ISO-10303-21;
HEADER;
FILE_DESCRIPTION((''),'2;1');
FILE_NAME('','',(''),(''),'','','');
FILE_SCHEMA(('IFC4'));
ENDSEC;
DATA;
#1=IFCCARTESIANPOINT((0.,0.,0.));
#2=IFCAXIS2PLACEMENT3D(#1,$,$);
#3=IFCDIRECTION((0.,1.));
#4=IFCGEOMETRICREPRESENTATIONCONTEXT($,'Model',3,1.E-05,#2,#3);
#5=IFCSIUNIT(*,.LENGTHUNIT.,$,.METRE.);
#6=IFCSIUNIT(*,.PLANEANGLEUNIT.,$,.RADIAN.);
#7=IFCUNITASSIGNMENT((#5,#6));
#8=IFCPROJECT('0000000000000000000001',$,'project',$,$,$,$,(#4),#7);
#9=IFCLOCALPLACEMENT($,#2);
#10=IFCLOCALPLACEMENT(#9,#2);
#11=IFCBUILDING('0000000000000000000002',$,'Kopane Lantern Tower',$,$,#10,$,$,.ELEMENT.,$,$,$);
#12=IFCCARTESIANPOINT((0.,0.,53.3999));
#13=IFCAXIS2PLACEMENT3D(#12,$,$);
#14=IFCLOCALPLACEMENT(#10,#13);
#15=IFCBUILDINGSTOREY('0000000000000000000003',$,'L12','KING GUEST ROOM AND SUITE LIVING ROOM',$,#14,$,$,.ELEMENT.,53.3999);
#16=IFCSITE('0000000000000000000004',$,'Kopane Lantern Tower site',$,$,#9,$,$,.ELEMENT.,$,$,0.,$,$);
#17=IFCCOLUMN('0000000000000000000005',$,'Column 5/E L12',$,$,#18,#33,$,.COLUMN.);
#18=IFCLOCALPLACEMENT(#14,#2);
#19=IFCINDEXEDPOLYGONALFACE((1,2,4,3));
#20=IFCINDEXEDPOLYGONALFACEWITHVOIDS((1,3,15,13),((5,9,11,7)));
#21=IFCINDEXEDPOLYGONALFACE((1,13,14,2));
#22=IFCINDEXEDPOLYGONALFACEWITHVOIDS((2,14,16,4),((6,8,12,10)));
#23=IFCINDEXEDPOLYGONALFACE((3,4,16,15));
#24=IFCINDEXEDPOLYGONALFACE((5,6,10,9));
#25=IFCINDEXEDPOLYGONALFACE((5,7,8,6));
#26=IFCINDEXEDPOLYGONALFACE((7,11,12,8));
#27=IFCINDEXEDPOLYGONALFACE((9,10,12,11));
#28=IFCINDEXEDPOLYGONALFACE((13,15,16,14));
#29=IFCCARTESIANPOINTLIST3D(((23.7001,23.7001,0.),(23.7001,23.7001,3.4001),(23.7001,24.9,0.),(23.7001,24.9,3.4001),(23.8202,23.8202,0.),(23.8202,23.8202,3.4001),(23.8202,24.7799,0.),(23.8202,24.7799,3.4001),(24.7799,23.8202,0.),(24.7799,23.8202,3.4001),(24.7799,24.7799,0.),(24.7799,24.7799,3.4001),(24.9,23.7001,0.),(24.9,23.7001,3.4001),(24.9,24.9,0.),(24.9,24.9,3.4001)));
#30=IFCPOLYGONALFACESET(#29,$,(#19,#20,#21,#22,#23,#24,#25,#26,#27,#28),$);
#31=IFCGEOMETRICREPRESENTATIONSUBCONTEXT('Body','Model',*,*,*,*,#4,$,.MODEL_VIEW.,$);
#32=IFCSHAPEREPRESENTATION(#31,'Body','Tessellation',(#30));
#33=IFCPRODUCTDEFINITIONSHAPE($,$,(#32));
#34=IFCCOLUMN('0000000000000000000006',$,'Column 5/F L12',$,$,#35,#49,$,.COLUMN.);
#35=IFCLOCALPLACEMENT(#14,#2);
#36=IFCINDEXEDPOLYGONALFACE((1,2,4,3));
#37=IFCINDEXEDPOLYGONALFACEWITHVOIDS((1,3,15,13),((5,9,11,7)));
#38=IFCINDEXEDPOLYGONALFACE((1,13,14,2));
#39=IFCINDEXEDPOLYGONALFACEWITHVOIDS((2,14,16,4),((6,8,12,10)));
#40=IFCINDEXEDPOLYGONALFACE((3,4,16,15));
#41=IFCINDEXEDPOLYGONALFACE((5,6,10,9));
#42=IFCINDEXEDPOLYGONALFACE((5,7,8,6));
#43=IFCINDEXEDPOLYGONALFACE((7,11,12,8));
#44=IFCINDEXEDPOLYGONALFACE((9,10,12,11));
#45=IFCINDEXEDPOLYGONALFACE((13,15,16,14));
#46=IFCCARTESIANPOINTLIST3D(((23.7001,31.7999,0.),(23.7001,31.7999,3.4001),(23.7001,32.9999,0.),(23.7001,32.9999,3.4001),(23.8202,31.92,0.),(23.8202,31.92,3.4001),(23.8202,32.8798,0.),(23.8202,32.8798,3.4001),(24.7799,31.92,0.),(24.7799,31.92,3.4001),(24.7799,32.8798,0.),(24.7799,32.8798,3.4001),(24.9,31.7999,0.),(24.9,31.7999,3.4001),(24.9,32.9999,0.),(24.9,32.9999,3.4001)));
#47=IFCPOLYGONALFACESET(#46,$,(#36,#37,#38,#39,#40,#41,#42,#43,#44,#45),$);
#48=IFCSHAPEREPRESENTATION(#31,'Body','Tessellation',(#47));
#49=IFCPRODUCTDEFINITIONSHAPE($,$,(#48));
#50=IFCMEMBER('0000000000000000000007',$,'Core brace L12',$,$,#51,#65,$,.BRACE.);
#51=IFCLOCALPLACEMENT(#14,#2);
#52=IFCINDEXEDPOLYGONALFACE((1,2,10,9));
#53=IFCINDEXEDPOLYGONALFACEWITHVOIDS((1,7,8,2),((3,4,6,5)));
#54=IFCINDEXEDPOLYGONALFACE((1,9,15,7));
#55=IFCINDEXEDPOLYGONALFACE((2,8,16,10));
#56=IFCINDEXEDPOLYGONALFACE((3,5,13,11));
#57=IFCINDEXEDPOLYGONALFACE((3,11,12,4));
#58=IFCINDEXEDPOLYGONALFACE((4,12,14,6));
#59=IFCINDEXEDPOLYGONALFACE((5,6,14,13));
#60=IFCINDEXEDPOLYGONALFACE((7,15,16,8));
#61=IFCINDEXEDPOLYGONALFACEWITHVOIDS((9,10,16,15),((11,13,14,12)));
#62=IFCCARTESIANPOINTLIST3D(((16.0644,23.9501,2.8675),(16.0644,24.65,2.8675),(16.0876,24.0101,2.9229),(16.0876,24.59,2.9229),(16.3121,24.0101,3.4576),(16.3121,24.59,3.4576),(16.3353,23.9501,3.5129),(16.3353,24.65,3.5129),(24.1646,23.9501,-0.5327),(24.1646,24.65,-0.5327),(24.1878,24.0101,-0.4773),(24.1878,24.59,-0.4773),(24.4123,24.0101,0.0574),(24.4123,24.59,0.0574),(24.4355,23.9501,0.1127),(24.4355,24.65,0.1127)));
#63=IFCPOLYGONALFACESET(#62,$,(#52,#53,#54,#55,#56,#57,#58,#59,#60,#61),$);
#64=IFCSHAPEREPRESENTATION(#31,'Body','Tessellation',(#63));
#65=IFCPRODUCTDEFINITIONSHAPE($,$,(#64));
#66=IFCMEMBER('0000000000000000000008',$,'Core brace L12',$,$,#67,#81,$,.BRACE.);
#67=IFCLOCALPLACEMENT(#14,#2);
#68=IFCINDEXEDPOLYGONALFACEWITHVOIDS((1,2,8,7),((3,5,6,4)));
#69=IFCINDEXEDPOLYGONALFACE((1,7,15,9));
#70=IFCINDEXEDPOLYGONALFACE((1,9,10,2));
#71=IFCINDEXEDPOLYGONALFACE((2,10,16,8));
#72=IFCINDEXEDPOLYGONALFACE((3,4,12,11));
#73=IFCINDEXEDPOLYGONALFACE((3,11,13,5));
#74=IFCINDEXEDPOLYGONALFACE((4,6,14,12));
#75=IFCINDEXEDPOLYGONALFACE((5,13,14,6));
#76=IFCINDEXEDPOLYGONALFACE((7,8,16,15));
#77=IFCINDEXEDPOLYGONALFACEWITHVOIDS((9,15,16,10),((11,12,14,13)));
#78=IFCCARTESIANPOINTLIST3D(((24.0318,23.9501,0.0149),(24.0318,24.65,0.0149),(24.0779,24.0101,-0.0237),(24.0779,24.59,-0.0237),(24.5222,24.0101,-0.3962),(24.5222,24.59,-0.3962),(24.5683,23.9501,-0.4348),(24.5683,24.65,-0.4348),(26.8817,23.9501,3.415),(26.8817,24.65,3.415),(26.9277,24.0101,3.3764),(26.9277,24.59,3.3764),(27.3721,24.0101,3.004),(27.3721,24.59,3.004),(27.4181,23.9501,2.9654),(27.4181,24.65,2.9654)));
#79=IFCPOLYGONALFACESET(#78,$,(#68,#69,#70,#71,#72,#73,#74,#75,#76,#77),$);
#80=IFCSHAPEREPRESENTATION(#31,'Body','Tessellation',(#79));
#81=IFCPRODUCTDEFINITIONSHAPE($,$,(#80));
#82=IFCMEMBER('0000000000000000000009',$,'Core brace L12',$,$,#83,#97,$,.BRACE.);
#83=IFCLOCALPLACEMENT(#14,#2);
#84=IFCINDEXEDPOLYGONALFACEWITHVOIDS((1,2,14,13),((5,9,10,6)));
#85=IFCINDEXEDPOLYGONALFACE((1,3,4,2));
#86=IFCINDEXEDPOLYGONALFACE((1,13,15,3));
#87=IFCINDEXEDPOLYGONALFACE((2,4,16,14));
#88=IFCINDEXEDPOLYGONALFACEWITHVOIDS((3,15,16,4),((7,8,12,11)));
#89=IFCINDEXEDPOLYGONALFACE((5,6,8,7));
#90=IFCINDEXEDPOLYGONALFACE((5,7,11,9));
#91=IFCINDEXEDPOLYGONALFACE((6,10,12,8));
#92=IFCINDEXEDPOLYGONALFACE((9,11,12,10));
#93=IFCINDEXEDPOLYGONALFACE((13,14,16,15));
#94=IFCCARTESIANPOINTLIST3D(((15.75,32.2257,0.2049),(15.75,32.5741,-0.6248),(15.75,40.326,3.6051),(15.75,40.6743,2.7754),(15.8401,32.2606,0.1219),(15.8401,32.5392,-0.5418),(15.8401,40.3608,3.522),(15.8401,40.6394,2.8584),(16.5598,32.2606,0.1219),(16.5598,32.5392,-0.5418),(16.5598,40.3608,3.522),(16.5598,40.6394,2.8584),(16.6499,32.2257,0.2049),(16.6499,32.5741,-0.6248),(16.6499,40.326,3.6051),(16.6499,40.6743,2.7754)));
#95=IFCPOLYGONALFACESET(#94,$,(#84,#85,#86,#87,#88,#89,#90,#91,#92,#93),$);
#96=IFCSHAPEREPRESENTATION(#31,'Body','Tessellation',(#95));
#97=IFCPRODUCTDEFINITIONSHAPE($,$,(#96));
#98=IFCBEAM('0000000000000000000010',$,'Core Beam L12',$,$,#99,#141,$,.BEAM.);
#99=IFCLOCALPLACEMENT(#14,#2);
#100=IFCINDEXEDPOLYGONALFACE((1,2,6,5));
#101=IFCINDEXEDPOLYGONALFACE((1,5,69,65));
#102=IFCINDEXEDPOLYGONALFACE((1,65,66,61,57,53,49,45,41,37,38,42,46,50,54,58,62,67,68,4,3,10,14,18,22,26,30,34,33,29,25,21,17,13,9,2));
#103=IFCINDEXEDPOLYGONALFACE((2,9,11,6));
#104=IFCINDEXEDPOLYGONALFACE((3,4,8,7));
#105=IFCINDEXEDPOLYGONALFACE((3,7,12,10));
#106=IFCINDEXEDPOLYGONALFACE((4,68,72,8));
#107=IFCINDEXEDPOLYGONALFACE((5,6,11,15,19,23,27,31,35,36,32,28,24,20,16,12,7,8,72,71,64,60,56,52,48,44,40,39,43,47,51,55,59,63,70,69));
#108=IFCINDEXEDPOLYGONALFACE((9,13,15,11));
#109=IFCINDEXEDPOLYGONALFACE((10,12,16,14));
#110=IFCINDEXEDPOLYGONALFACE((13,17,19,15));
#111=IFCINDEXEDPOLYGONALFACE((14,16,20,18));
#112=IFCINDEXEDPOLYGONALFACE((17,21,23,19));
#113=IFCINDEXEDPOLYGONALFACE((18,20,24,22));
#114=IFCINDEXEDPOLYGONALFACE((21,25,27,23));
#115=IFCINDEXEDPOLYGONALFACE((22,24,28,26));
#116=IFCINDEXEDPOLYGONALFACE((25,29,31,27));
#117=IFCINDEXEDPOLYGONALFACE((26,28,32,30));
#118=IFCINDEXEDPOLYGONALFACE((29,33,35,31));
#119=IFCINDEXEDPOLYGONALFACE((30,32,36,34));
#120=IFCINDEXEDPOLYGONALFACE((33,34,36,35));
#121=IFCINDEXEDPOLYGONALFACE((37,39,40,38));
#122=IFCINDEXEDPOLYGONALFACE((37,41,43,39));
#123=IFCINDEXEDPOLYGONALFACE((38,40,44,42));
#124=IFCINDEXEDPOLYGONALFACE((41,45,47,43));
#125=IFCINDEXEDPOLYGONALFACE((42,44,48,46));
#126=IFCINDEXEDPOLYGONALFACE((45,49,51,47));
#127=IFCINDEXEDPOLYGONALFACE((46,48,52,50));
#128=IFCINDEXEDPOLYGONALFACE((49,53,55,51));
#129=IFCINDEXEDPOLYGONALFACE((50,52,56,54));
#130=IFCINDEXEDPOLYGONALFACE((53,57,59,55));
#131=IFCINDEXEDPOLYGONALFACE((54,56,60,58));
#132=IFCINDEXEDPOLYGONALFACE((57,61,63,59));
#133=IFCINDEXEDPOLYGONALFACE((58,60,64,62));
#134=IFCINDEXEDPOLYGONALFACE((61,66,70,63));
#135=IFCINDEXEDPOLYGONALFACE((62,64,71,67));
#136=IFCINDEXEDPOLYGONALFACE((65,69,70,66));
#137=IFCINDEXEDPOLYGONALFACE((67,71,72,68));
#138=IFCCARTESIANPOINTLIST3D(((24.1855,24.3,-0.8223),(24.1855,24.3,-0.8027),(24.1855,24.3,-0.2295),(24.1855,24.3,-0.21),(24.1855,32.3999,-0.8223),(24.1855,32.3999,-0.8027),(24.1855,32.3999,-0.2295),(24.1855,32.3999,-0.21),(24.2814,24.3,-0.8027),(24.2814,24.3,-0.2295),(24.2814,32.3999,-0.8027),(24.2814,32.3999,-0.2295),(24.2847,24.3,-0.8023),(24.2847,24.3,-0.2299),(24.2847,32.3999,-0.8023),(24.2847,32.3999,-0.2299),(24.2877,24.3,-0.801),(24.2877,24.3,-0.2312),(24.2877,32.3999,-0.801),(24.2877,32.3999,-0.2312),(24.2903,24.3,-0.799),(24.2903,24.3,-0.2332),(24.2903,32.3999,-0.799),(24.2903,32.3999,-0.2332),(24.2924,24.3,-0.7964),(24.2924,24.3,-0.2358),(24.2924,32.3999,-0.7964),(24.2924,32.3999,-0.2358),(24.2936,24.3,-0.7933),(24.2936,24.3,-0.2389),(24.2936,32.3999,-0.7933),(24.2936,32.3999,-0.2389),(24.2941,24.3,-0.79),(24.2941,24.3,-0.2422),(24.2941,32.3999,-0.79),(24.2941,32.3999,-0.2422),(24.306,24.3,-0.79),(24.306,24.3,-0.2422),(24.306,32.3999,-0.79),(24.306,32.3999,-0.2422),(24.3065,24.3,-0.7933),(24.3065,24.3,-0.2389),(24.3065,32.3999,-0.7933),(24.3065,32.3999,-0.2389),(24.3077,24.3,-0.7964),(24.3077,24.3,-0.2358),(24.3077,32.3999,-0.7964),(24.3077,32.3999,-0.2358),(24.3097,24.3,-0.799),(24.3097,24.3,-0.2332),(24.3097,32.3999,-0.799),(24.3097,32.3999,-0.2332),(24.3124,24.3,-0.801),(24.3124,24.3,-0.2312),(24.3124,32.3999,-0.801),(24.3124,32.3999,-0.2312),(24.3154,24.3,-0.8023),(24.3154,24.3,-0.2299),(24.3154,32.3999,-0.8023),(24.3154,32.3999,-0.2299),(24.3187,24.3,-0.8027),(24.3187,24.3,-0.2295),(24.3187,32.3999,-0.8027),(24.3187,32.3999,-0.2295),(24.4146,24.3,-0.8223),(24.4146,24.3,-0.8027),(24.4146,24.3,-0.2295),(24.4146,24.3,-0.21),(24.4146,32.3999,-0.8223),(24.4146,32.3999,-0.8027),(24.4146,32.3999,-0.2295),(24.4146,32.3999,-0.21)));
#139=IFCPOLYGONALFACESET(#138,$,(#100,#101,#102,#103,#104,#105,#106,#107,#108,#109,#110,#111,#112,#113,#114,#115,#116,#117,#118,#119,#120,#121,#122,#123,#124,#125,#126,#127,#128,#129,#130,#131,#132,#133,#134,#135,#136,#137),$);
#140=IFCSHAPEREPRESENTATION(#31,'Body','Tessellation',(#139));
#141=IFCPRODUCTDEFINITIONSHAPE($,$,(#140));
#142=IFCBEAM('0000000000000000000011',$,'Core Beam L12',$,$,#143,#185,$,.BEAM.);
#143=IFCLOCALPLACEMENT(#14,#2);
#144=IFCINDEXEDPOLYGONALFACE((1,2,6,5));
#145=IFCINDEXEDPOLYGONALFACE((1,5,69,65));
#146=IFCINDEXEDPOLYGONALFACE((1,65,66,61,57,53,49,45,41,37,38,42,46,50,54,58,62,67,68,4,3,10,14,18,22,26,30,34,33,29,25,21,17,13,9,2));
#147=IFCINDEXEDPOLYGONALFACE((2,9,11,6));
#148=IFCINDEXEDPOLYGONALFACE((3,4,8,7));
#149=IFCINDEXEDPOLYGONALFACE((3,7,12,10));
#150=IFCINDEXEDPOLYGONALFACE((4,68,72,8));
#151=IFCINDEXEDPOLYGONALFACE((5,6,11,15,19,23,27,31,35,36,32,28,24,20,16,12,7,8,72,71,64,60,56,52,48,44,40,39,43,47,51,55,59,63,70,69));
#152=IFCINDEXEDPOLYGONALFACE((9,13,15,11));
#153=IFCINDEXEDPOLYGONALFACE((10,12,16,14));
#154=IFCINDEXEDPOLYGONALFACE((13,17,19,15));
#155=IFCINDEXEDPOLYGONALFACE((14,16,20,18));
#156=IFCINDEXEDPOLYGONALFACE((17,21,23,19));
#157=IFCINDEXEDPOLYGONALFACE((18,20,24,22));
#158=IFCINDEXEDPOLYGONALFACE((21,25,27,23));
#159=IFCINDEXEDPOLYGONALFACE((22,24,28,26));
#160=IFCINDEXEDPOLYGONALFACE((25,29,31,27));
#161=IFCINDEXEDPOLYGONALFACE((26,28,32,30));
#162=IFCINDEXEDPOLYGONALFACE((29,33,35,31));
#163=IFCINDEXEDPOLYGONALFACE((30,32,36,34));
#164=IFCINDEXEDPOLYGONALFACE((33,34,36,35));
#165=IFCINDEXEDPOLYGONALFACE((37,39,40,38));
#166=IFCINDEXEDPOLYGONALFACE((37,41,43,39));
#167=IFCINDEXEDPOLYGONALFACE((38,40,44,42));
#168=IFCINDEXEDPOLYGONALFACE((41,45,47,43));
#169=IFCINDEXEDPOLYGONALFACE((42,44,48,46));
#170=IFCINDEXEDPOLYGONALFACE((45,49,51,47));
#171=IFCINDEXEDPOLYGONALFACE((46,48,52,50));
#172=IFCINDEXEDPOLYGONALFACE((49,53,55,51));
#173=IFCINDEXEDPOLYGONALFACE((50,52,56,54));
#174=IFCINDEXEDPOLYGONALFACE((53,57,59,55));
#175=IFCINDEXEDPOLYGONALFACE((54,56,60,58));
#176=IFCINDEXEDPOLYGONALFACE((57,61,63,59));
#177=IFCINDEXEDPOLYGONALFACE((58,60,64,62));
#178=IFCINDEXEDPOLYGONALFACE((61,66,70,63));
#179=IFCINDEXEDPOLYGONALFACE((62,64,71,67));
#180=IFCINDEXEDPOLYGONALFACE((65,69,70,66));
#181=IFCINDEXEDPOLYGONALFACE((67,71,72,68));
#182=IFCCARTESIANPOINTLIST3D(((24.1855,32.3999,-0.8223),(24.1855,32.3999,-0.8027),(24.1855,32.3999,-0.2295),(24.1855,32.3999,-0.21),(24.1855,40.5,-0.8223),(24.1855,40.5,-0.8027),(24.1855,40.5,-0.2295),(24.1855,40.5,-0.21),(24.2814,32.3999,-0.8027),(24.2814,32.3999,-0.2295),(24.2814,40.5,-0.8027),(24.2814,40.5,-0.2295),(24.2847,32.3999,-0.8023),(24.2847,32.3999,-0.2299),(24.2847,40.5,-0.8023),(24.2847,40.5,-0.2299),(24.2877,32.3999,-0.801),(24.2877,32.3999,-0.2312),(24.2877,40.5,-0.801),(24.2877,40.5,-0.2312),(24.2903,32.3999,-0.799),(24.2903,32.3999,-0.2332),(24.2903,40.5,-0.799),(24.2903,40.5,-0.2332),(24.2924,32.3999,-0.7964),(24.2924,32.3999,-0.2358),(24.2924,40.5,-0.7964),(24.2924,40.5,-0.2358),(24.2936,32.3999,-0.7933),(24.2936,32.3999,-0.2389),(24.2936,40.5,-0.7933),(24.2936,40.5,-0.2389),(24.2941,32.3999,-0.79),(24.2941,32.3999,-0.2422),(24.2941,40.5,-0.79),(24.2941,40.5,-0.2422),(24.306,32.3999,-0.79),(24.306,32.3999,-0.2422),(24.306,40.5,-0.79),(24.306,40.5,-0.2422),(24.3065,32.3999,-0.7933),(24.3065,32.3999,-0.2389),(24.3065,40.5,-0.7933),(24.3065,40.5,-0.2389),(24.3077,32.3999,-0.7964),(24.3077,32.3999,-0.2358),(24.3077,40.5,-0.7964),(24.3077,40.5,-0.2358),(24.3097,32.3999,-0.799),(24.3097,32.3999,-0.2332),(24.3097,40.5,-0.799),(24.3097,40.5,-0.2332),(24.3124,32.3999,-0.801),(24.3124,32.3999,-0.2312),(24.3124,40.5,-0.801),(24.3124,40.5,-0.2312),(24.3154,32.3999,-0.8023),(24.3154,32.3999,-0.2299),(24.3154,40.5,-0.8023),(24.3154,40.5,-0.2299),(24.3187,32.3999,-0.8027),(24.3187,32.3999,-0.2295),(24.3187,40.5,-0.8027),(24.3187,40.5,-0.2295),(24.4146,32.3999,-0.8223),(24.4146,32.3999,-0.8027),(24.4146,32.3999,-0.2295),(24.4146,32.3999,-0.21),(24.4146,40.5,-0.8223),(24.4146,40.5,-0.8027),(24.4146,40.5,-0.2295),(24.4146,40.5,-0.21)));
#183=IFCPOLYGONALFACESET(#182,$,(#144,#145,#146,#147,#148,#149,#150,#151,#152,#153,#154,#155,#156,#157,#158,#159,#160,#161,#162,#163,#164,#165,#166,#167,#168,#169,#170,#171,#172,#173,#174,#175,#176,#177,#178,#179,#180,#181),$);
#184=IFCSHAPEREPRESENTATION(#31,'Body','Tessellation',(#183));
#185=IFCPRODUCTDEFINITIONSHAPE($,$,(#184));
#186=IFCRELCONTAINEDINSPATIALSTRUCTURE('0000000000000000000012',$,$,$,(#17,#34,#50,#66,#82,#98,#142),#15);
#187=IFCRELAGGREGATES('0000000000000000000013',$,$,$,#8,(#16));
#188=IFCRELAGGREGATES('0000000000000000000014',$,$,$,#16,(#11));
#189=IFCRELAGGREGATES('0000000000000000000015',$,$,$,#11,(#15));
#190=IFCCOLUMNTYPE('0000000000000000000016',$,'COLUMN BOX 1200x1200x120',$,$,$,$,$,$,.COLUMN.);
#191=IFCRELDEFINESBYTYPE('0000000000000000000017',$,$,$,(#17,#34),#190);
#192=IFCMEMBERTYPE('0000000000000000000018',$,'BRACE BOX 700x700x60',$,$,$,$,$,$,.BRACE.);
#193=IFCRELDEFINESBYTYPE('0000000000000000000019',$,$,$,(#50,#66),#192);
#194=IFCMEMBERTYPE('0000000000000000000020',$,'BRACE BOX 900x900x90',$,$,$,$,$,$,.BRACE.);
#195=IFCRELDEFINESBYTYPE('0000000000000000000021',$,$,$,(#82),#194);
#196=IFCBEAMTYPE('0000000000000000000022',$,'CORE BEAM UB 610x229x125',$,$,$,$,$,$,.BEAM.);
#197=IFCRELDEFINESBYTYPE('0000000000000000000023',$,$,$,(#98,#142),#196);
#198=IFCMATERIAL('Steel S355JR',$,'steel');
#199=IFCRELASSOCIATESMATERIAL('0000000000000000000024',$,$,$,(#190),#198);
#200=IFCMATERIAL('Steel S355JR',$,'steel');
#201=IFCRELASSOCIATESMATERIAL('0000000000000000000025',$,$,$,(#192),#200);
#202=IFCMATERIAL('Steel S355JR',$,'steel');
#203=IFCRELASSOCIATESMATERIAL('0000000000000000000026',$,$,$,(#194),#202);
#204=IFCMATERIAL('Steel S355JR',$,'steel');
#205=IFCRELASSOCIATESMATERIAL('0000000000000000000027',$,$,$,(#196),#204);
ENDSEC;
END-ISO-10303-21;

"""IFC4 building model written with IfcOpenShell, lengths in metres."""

from ifc_helpers import new_model, si_unit, direction, frame, origin, origin_2d, place, context, subcontext, project, spatial, hollow_rectangle, i_section, extrude, material, material_profile, profile_set, type_object, element, save


model = new_model("IFC4")

# Units and contexts
model_context = context("Model", 3, precision=1e-05, world=origin(), true_north=direction((0.0, 1.0)))
body_context = subcontext(model_context, "Body", "Model", "MODEL_VIEW")
ifc_project = project(units=[si_unit("LENGTHUNIT", "METRE"), si_unit("PLANEANGLEUNIT", "RADIAN")], contexts=[model_context])

# Site, building, storey
site_placement = place(None, origin())
site = spatial("IfcSite", under=ifc_project, at=site_placement, Name="Kopane Lantern Tower site", CompositionType="ELEMENT", RefElevation=0.0)
building_placement = place(site_placement, origin())
building = spatial("IfcBuilding", under=site, at=building_placement, Name="Kopane Lantern Tower", CompositionType="ELEMENT")
storey_placement = place(building_placement, frame((0.0, 0.0, 53.3999)))
storey = spatial("IfcBuildingStorey", under=building, at=storey_placement, Name="L12", Description="KING GUEST ROOM AND SUITE LIVING ROOM", CompositionType="ELEMENT", Elevation=53.3999)

# Columns
ifc_material_1 = material(Name="Steel S355JR", Category="steel")
ifc_material_profile_1 = material_profile(ifc_material_1, hollow_rectangle(XDim=1.2, YDim=1.2, WallThickness=0.1201, at=origin_2d()), Name="BOX 1200x1200x120")
ifc_profile_set_1 = profile_set([ifc_material_profile_1], Name="Steel S355JR")
column_type = type_object("IfcColumnType", Name="COLUMN BOX 1200x1200x120", PredefinedType="COLUMN", material=ifc_profile_set_1)
for number, where, z_axis, x_axis, name in (
    (1, (24.3, 24.3, 0.0), (0.0, 0.0, 1.0), (1.0, 0.0, 0.0), "Column 5/E L12"),
    (2, (24.3, 32.3999, 0.0), (0.0, 0.0, 1.0), (1.0, 0.0, 0.0), "Column 5/F L12"),
):
    element("IfcColumn", number, at=place(storey_placement, frame(where, z_axis=z_axis, x_axis=x_axis)), inside=storey, type_object=column_type, Name=name, PredefinedType="COLUMN", context=body_context, shape_type="SweptSolid", body=[
        extrude(hollow_rectangle(XDim=1.2, YDim=1.2, WallThickness=0.1201, at=origin_2d()), origin(), (0.0, 0.0, 1.0), 3.4001),
    ])

# Members
ifc_material_2 = material(Name="Steel S355JR", Category="steel")
ifc_material_profile_2 = material_profile(ifc_material_2, hollow_rectangle(XDim=0.7, YDim=0.7, WallThickness=0.0601, at=origin_2d()), Name="BOX 700x700x60")
ifc_profile_set_2 = profile_set([ifc_material_profile_2], Name="Steel S355JR")
member_type_1 = type_object("IfcMemberType", Name="BRACE BOX 700x700x60", PredefinedType="BRACE", material=ifc_profile_set_2)
member_1_placement = place(storey_placement, frame((24.3, 24.3, -0.21), z_axis=(-0.922059, 0.0, 0.387049), x_axis=(0.0, -1.0, 0.0)))
element("IfcMember", 3, at=member_1_placement, inside=storey, type_object=member_type_1, Name="Core brace L12", PredefinedType="BRACE", context=body_context, shape_type="SweptSolid", body=[
    extrude(hollow_rectangle(XDim=0.7, YDim=0.7, WallThickness=0.0601, at=origin_2d()), origin(), (0.0, 0.0, 1.0), 8.7849),
])
member_2_placement = place(storey_placement, frame((24.3, 24.3, -0.21), z_axis=(0.642363, 0.0, 0.7664), x_axis=(0.0, 1.0, 0.0)))
element("IfcMember", 4, at=member_2_placement, inside=storey, type_object=member_type_1, Name="Core brace L12", PredefinedType="BRACE", context=body_context, shape_type="SweptSolid", body=[
    extrude(hollow_rectangle(XDim=0.7, YDim=0.7, WallThickness=0.0601, at=origin_2d()), origin(), (0.0, 0.0, 1.0), 4.4365),
])
ifc_material_3 = material(Name="Steel S355JR", Category="steel")
ifc_material_profile_3 = material_profile(ifc_material_3, hollow_rectangle(XDim=0.8999, YDim=0.8999, WallThickness=0.0901, at=origin_2d()), Name="BOX 900x900x90")
ifc_profile_set_3 = profile_set([ifc_material_profile_3], Name="Steel S355JR")
member_type_2 = type_object("IfcMemberType", Name="BRACE BOX 900x900x90", PredefinedType="BRACE", material=ifc_profile_set_3)
member_3_placement = place(storey_placement, frame((16.2, 32.3999, -0.21), z_axis=(0.0, 0.922059, 0.387049), x_axis=(-1.0, 0.0, 0.0)))
element("IfcMember", 5, at=member_3_placement, inside=storey, type_object=member_type_2, Name="Core brace L12", PredefinedType="BRACE", context=body_context, shape_type="SweptSolid", body=[
    extrude(hollow_rectangle(XDim=0.8999, YDim=0.8999, WallThickness=0.0901, at=origin_2d()), origin(), (0.0, 0.0, 1.0), 8.7849),
])

# Beams
ifc_material_4 = material(Name="Steel S355JR", Category="steel")
ifc_material_profile_4 = material_profile(ifc_material_4, i_section(OverallWidth=0.229, OverallDepth=0.6123, WebThickness=0.012, FlangeThickness=0.0195, FilletRadius=0.0127, at=origin_2d()), Name="UB 610x229x125")
ifc_profile_set_4 = profile_set([ifc_material_profile_4], Name="Steel S355JR")
beam_type_1 = type_object("IfcBeamType", Name="CORE BEAM UB 610x229x125", PredefinedType="BEAM", material=ifc_profile_set_4)
beam_1_placement = place(storey_placement, frame((24.3, 24.3, -0.5161), z_axis=(0.0, 1.0, 0.0), x_axis=(-1.0, 0.0, 0.0)))
element("IfcBeam", 6, at=beam_1_placement, inside=storey, type_object=beam_type_1, Name="Core Beam L12", PredefinedType="BEAM", context=body_context, shape_type="SweptSolid", body=[
    extrude(i_section(OverallWidth=0.229, OverallDepth=0.6123, WebThickness=0.012, FlangeThickness=0.0195, FilletRadius=0.0127, at=origin_2d()), origin(), (0.0, 0.0, 1.0), 8.0999),
])
beam_2_placement = place(storey_placement, frame((24.3, 32.3999, -0.5161), z_axis=(0.0, 1.0, 0.0), x_axis=(-1.0, 0.0, 0.0)))
element("IfcBeam", 7, at=beam_2_placement, inside=storey, type_object=beam_type_1, Name="Core Beam L12", PredefinedType="BEAM", context=body_context, shape_type="SweptSolid", body=[
    extrude(i_section(OverallWidth=0.229, OverallDepth=0.6123, WebThickness=0.012, FlangeThickness=0.0195, FilletRadius=0.0127, at=origin_2d()), origin(), (0.0, 0.0, 1.0), 8.1001),
])

save(model, "model.ifc")
